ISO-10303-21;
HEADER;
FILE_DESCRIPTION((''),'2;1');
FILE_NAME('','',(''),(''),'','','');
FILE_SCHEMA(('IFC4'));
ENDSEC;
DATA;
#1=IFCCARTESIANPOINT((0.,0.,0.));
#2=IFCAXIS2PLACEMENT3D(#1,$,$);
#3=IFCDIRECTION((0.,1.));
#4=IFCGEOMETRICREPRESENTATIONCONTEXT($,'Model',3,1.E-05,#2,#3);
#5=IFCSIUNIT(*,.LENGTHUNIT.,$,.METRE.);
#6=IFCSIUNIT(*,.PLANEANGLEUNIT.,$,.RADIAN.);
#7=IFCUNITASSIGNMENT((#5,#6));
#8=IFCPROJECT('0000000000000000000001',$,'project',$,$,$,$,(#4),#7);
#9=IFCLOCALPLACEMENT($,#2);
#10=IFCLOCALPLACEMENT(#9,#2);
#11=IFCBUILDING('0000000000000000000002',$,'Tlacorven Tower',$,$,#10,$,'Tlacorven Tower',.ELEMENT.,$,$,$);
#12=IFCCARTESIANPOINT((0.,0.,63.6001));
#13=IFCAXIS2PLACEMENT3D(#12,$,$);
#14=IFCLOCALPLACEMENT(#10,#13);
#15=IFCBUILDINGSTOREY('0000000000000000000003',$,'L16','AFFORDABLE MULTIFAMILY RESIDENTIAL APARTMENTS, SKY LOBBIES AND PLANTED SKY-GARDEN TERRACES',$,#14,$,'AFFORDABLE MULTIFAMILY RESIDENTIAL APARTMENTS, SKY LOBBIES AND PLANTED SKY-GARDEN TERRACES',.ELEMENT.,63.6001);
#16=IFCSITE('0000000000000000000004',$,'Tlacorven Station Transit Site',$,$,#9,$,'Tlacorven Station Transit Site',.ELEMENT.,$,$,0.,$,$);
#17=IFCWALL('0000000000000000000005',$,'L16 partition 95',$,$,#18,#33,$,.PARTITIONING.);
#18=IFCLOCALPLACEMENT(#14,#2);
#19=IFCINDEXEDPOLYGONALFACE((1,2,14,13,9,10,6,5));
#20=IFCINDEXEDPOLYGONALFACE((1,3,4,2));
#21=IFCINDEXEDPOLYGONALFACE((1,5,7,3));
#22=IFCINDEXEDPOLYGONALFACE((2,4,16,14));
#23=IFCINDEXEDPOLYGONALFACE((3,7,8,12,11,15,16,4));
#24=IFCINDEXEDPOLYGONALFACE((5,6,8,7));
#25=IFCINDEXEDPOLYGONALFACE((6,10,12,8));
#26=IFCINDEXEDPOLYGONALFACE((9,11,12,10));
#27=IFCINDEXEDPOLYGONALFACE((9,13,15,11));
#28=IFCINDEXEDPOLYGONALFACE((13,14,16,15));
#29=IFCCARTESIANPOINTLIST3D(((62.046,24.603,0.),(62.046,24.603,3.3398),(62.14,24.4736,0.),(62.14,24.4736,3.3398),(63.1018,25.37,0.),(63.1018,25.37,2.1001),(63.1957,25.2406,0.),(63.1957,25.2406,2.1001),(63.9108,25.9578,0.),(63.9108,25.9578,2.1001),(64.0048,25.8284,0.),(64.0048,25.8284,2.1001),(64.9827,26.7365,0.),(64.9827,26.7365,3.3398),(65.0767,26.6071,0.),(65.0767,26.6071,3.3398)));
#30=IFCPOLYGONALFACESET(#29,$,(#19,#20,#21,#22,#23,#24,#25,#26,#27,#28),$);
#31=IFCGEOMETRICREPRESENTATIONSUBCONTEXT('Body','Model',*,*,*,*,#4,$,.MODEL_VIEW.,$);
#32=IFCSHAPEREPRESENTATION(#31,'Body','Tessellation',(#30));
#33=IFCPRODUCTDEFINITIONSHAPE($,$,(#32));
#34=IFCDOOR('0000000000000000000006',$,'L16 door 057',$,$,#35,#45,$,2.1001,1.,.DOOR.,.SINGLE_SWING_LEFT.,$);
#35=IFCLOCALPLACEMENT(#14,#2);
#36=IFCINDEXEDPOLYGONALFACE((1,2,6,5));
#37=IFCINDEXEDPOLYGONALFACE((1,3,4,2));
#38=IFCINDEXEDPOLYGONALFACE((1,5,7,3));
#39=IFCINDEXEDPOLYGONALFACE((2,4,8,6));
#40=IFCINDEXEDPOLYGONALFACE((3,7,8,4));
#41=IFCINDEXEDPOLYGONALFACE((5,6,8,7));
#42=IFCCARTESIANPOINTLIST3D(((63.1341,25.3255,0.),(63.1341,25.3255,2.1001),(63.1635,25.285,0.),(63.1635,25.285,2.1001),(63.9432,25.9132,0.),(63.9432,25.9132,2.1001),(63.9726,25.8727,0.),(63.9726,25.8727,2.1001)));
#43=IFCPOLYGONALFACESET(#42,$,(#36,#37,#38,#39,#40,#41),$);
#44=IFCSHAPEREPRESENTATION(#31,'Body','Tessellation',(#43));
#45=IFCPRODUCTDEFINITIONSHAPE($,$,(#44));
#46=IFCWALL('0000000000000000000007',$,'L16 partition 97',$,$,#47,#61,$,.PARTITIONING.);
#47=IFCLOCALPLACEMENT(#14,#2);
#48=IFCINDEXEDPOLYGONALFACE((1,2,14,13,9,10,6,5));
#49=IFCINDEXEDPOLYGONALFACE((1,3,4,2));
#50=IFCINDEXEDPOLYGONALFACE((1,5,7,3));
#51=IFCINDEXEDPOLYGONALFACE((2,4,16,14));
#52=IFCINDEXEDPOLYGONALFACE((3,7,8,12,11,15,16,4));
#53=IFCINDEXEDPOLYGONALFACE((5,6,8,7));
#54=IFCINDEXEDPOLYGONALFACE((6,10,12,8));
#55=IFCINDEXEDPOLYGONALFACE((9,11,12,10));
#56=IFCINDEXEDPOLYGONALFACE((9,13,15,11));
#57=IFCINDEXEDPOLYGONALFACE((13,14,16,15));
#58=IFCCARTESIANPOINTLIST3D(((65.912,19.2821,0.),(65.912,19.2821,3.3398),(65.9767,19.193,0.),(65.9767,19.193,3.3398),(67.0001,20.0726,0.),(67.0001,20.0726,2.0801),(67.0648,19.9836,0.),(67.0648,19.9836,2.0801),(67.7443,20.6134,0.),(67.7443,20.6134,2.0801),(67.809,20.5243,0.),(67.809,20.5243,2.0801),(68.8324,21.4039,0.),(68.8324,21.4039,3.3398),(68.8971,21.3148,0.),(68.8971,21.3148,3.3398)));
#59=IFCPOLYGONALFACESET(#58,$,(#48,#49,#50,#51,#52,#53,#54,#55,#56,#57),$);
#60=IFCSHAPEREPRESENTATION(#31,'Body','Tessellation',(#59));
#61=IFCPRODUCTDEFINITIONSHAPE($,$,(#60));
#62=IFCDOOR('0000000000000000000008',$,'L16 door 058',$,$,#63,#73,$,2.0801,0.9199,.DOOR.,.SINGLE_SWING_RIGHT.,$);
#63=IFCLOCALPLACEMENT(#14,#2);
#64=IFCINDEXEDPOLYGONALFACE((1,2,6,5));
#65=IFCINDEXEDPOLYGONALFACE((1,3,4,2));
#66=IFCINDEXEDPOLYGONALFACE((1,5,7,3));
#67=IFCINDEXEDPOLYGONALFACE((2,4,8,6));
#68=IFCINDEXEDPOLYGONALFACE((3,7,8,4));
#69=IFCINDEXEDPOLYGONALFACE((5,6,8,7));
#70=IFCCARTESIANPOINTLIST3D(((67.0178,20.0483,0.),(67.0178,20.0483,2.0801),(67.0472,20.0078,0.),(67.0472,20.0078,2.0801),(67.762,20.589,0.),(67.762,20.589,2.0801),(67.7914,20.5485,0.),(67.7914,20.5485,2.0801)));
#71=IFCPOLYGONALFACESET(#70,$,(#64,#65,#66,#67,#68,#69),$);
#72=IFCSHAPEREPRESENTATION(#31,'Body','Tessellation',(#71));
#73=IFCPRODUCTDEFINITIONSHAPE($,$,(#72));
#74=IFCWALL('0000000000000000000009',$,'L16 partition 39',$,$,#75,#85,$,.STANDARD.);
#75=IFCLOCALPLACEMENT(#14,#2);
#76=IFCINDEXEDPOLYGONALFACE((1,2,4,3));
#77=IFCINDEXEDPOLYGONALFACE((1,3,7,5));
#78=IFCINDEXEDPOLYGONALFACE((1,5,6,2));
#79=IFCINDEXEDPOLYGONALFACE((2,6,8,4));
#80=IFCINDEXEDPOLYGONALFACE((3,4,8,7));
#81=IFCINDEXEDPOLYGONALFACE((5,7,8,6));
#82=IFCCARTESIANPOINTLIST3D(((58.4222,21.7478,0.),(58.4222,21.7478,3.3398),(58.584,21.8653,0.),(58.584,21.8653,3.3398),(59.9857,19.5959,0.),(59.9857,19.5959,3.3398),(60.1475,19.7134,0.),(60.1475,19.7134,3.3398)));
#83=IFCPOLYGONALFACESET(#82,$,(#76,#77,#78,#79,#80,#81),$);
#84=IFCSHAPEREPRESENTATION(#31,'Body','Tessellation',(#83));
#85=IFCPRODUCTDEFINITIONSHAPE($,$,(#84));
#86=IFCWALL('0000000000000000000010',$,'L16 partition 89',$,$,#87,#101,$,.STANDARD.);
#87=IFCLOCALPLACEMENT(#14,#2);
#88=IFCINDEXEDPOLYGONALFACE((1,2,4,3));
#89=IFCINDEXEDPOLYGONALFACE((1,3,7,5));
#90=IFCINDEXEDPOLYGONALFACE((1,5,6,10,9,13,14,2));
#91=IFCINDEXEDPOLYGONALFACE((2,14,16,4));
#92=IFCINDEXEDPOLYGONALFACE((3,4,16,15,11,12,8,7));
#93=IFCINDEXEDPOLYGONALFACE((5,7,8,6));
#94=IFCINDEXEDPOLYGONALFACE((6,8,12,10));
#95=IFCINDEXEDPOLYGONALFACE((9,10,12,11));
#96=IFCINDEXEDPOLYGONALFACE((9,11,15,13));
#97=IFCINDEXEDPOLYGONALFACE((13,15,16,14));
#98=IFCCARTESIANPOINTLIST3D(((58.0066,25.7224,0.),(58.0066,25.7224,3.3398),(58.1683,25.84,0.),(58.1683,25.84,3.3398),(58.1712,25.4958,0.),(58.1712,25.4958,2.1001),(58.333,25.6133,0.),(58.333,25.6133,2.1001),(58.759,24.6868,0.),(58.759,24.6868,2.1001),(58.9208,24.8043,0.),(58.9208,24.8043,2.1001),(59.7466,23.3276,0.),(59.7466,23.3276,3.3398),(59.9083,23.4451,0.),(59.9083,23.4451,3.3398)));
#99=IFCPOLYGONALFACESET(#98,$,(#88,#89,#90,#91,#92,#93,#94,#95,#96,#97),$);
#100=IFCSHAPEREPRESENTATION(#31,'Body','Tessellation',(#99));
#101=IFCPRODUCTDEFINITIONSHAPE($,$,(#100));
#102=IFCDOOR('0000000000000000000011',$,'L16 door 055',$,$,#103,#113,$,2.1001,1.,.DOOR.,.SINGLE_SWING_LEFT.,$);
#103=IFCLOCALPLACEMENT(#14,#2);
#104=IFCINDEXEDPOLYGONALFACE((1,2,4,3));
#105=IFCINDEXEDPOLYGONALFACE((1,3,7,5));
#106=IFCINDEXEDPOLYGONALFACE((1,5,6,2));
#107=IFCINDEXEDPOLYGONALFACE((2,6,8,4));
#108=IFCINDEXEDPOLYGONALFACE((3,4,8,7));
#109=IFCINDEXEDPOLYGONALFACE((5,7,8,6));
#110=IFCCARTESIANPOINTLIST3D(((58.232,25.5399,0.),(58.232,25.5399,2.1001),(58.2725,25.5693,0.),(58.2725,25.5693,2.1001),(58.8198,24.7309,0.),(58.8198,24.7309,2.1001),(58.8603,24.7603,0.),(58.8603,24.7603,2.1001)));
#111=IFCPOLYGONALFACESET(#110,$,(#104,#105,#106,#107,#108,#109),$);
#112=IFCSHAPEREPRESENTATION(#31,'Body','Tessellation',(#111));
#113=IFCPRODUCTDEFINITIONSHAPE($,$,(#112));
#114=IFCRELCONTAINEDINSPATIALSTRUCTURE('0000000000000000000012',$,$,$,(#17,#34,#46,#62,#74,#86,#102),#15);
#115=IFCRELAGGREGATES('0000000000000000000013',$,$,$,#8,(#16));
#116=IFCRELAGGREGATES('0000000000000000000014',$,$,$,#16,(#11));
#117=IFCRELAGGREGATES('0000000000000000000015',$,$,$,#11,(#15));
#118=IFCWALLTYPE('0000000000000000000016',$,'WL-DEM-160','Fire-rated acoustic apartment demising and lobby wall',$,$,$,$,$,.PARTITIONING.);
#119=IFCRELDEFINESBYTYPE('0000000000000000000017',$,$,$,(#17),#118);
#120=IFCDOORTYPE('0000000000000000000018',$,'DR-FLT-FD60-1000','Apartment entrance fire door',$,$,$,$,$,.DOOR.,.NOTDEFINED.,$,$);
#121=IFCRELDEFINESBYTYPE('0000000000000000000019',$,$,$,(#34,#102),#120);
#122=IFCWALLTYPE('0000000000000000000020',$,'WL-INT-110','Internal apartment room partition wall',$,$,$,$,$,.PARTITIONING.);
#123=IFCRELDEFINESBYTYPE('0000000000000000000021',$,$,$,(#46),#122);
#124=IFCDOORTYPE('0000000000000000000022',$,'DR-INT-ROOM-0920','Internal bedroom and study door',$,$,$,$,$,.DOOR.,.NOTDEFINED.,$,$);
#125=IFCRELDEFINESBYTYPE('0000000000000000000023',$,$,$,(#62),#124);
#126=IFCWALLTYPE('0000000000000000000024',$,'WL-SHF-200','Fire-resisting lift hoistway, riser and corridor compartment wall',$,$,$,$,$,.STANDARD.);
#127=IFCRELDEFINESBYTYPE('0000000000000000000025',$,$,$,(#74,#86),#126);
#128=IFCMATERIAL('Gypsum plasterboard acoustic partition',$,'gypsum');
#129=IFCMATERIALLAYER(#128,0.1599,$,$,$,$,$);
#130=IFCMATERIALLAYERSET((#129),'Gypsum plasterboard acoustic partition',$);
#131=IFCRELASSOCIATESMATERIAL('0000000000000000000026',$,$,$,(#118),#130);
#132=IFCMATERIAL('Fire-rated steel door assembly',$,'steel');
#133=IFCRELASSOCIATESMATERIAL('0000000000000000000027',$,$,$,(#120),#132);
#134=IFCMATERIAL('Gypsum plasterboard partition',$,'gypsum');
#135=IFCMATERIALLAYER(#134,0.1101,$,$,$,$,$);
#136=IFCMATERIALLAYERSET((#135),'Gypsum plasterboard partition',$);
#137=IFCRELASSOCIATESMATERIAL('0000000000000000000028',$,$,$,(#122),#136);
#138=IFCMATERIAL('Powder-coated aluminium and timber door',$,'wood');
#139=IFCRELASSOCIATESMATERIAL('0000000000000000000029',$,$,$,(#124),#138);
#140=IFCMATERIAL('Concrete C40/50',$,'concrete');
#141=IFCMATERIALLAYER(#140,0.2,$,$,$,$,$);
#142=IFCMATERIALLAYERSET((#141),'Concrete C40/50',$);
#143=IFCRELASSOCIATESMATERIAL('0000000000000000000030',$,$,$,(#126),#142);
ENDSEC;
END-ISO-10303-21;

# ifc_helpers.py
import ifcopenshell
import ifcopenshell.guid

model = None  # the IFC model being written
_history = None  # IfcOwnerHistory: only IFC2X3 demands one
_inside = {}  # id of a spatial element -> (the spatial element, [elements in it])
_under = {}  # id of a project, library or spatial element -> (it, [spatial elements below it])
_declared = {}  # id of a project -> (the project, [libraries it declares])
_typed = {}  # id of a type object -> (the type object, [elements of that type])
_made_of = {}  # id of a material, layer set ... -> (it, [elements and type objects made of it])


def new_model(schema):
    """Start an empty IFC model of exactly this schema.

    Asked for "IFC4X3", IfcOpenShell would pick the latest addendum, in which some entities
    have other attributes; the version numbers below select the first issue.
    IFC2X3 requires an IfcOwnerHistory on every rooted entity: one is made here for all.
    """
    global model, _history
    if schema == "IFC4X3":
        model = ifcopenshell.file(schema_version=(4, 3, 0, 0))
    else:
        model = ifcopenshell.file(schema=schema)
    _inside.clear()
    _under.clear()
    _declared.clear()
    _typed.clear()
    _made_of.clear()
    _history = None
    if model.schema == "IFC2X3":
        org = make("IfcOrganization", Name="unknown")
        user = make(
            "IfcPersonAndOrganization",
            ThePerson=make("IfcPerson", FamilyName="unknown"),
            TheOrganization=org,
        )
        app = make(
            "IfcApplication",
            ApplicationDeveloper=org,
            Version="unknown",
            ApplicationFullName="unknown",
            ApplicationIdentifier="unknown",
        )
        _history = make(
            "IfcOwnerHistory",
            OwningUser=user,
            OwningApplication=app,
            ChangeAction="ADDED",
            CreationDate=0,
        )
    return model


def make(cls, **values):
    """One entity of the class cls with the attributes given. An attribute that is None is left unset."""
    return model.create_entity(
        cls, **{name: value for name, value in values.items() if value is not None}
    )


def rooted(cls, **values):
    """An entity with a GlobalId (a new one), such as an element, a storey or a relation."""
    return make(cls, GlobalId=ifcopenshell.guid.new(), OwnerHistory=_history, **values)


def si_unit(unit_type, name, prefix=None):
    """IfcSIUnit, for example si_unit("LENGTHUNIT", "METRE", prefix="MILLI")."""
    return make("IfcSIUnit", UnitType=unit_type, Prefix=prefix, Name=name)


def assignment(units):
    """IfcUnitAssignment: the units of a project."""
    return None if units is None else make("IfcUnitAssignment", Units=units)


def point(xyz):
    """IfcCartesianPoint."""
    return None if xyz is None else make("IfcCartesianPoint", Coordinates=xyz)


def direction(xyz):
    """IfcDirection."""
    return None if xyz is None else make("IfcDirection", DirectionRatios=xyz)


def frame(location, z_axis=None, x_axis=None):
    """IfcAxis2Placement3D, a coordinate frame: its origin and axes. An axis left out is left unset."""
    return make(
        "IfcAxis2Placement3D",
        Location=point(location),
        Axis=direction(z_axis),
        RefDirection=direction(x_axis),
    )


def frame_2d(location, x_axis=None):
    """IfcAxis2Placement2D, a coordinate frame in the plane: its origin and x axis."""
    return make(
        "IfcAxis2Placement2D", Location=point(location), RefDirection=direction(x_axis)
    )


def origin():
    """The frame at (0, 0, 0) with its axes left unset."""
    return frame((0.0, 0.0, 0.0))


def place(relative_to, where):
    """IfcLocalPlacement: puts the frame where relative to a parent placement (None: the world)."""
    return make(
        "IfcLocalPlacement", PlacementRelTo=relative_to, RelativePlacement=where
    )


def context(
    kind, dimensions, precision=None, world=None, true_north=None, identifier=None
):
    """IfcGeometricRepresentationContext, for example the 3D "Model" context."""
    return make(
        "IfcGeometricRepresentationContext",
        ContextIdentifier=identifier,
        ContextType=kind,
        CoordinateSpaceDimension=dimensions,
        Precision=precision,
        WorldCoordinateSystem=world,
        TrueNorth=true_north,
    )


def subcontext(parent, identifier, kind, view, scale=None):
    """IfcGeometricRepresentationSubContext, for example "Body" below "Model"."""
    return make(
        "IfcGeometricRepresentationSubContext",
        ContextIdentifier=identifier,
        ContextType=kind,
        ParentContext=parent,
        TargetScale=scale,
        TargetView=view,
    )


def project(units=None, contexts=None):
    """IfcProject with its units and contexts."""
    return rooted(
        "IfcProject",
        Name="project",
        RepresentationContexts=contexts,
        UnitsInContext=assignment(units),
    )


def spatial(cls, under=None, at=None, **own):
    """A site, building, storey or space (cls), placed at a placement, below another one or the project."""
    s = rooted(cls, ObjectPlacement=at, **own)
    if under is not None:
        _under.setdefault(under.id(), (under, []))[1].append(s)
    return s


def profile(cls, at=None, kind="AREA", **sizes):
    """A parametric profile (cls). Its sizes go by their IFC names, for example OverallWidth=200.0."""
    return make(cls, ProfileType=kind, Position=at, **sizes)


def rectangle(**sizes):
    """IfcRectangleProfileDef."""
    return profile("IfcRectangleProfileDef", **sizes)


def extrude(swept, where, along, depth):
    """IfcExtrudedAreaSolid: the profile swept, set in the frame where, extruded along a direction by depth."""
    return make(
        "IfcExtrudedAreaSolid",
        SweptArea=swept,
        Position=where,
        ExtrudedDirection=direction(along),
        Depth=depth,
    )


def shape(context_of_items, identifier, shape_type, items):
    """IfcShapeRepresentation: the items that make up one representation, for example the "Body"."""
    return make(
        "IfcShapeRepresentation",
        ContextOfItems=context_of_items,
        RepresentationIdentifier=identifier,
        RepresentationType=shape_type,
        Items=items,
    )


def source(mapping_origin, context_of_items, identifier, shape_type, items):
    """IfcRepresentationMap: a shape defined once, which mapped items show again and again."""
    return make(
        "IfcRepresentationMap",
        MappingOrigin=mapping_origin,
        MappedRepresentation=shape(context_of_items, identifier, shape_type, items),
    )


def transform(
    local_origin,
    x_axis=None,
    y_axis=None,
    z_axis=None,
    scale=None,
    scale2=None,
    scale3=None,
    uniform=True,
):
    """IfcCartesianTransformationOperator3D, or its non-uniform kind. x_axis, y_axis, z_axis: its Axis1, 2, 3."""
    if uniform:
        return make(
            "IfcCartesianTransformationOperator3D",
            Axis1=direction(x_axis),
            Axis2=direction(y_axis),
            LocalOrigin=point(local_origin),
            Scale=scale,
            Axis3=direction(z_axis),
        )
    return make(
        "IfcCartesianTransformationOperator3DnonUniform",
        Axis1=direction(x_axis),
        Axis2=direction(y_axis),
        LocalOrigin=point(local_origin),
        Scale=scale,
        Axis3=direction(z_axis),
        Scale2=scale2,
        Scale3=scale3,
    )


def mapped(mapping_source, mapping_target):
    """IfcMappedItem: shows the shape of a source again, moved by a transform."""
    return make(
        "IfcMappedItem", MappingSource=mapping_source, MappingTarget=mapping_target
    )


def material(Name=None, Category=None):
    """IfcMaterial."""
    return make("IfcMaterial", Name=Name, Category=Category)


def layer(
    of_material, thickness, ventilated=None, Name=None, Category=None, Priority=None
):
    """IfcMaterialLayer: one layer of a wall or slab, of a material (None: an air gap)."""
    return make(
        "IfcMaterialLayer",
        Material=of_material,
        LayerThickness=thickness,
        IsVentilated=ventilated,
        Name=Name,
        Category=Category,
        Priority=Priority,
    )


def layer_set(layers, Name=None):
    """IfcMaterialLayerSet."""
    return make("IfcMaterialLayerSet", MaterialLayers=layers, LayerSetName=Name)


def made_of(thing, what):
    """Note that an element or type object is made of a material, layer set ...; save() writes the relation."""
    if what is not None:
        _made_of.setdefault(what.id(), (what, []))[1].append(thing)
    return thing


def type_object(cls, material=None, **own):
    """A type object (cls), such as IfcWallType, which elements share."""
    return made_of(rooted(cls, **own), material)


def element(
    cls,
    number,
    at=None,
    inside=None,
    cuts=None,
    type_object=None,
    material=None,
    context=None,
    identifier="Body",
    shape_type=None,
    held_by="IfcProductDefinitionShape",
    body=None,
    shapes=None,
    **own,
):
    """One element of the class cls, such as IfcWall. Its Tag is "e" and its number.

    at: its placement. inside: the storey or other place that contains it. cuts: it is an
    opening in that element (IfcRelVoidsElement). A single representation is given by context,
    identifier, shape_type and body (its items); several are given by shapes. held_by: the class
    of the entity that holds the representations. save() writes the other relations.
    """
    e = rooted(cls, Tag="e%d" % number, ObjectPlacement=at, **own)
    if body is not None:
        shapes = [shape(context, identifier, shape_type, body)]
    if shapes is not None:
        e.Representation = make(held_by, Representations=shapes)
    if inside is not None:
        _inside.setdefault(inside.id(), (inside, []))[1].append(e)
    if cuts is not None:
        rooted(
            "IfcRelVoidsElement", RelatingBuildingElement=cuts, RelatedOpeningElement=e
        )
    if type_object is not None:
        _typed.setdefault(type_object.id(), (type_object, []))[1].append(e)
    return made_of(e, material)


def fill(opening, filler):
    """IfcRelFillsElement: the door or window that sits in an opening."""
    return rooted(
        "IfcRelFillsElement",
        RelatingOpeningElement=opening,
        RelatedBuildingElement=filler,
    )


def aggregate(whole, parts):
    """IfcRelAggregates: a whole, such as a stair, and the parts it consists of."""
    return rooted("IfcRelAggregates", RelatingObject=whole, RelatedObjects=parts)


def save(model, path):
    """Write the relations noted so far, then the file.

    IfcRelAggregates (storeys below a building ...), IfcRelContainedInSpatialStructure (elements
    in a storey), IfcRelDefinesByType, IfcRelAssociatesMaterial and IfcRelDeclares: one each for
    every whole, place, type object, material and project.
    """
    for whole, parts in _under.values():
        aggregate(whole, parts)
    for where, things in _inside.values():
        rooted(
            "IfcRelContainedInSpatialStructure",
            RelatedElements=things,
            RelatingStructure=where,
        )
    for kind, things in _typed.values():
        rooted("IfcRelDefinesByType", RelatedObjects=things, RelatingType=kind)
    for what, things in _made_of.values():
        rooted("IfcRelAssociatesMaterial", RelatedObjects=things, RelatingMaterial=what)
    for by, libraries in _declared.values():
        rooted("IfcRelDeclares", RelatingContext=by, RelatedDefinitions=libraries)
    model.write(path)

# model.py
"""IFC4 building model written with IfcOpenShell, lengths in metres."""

from ifc_helpers import new_model, si_unit, direction, frame, frame_2d, origin, place, context, subcontext, project, spatial, rectangle, extrude, source, transform, mapped, material, layer, layer_set, type_object, element, fill, save


model = new_model("IFC4")

# Units and contexts
model_context = context("Model", 3, precision=1e-05, world=origin(), true_north=direction((0.0, 1.0)))
body_context = subcontext(model_context, "Body", "Model", "MODEL_VIEW")
ifc_project = project(units=[si_unit("LENGTHUNIT", "METRE"), si_unit("PLANEANGLEUNIT", "RADIAN")], contexts=[model_context])

# Site, building, storey
site_placement = place(None, origin())
site = spatial("IfcSite", under=ifc_project, at=site_placement, Name="Tlacorven Station Transit Site", LongName="Tlacorven Station Transit Site", CompositionType="ELEMENT", RefElevation=0.0)
building_placement = place(site_placement, origin())
building = spatial("IfcBuilding", under=site, at=building_placement, Name="Tlacorven Tower", LongName="Tlacorven Tower", CompositionType="ELEMENT")
storey_placement = place(building_placement, frame((0.0, 0.0, 63.6001)))
storey = spatial("IfcBuildingStorey", under=building, at=storey_placement, Name="L16", Description="AFFORDABLE MULTIFAMILY RESIDENTIAL APARTMENTS, SKY LOBBIES AND PLANTED SKY-GARDEN TERRACES", LongName="AFFORDABLE MULTIFAMILY RESIDENTIAL APARTMENTS, SKY LOBBIES AND PLANTED SKY-GARDEN TERRACES", CompositionType="ELEMENT", Elevation=63.6001)

# Walls, openings, doors
ifc_material_1 = material(Name="Gypsum plasterboard acoustic partition", Category="gypsum")
ifc_layer_1 = layer(ifc_material_1, 0.1599)
ifc_layer_set_1 = layer_set([ifc_layer_1], Name="Gypsum plasterboard acoustic partition")
wall_type_1 = type_object("IfcWallType", Name="WL-DEM-160", Description="Fire-rated acoustic apartment demising and lobby wall", PredefinedType="PARTITIONING", material=ifc_layer_set_1)
wall_1_placement = place(storey_placement, frame((62.093, 24.5383, 0.0), z_axis=(0.0, 0.0, 1.0), x_axis=(0.809036, 0.58776, 0.0)))
wall_1 = element("IfcWall", 1, at=wall_1_placement, inside=storey, type_object=wall_type_1, Name="L16 partition 95", PredefinedType="PARTITIONING", context=body_context, shape_type="SweptSolid", body=[
    extrude(rectangle(XDim=3.6299, YDim=0.1599, at=frame_2d((1.8149, 0.0))), origin(), (0.0, 0.0, 1.0), 3.3398),
])
opening_1_placement = place(wall_1_placement, frame((1.3049, 0.0, 0.0)))
opening_1 = element("IfcOpeningElement", 2, at=opening_1_placement, cuts=wall_1, PredefinedType="OPENING", context=body_context, shape_type="SweptSolid", body=[
    extrude(rectangle(XDim=1.0, YDim=2.1001, at=frame_2d((0.5, 1.05))), frame((0.0, 0.0898, 0.0), z_axis=(0.0, -1.0, 0.0), x_axis=(1.0, 0.0, 0.0)), (0.0, 0.0, 1.0), 0.1799),
])
ifc_material_2 = material(Name="Fire-rated steel door assembly", Category="steel")
door_type_1 = type_object("IfcDoorType", Name="DR-FLT-FD60-1000", Description="Apartment entrance fire door", OperationType="NOTDEFINED", PredefinedType="DOOR", material=ifc_material_2)
shared_shape_1 = source(origin(), body_context, "Body", "SweptSolid", [
    extrude(rectangle(XDim=1.0, YDim=2.1001, at=frame_2d((0.5, 1.05))), frame((0.0, 0.0249, 0.0), z_axis=(0.0, -1.0, 0.0), x_axis=(1.0, 0.0, 0.0)), (0.0, 0.0, 1.0), 0.05),
])
door_1_placement = place(opening_1_placement, origin())
door_1 = element("IfcDoor", 3, at=door_1_placement, inside=storey, type_object=door_type_1, Name="L16 door 057", OperationType="SINGLE_SWING_LEFT", OverallHeight=2.1001, OverallWidth=1.0, PredefinedType="DOOR", context=body_context, shape_type="MappedRepresentation", body=[
    mapped(shared_shape_1, transform((0.0, 0.0, 0.0), scale=1.0)),
])
fill(opening_1, door_1)
ifc_material_3 = material(Name="Gypsum plasterboard partition", Category="gypsum")
ifc_layer_2 = layer(ifc_material_3, 0.1101)
ifc_layer_set_2 = layer_set([ifc_layer_2], Name="Gypsum plasterboard partition")
wall_type_2 = type_object("IfcWallType", Name="WL-INT-110", Description="Internal apartment room partition wall", PredefinedType="PARTITIONING", material=ifc_layer_set_2)
wall_2_placement = place(storey_placement, frame((65.9443, 19.2375, 0.0), z_axis=(0.0, 0.0, 1.0), x_axis=(0.809014, 0.58779, 0.0)))
wall_2 = element("IfcWall", 4, at=wall_2_placement, inside=storey, type_object=wall_type_2, Name="L16 partition 97", PredefinedType="PARTITIONING", context=body_context, shape_type="SweptSolid", body=[
    extrude(rectangle(XDim=3.6099, YDim=0.1101, at=frame_2d((1.8049, 0.0))), origin(), (0.0, 0.0, 1.0), 3.3398),
])
opening_2_placement = place(wall_2_placement, frame((1.345, 0.0, 0.0)))
opening_2 = element("IfcOpeningElement", 5, at=opening_2_placement, cuts=wall_2, PredefinedType="OPENING", context=body_context, shape_type="SweptSolid", body=[
    extrude(rectangle(XDim=0.9199, YDim=2.0801, at=frame_2d((0.46, 1.04))), frame((0.0, 0.0649, 0.0), z_axis=(0.0, -1.0, 0.0), x_axis=(1.0, 0.0, 0.0)), (0.0, 0.0, 1.0), 0.1301),
])
ifc_material_4 = material(Name="Powder-coated aluminium and timber door", Category="wood")
door_type_2 = type_object("IfcDoorType", Name="DR-INT-ROOM-0920", Description="Internal bedroom and study door", OperationType="NOTDEFINED", PredefinedType="DOOR", material=ifc_material_4)
shared_shape_2 = source(origin(), body_context, "Body", "SweptSolid", [
    extrude(rectangle(XDim=0.9199, YDim=2.0801, at=frame_2d((0.46, 1.04))), frame((0.0, 0.0249, 0.0), z_axis=(0.0, -1.0, 0.0), x_axis=(1.0, 0.0, 0.0)), (0.0, 0.0, 1.0), 0.05),
])
door_2_placement = place(opening_2_placement, origin())
door_2 = element("IfcDoor", 6, at=door_2_placement, inside=storey, type_object=door_type_2, Name="L16 door 058", OperationType="SINGLE_SWING_RIGHT", OverallHeight=2.0801, OverallWidth=0.9199, PredefinedType="DOOR", context=body_context, shape_type="MappedRepresentation", body=[
    mapped(shared_shape_2, transform((0.0, 0.0, 0.0), scale=1.0)),
])
fill(opening_2, door_2)

# Wall
ifc_material_5 = material(Name="Concrete C40/50", Category="concrete")
ifc_layer_3 = layer(ifc_material_5, 0.2)
ifc_layer_set_3 = layer_set([ifc_layer_3], Name="Concrete C40/50")
wall_type_3 = type_object("IfcWallType", Name="WL-SHF-200", Description="Fire-resisting lift hoistway, riser and corridor compartment wall", PredefinedType="STANDARD", material=ifc_layer_set_3)
wall_3_placement = place(storey_placement, frame((60.0667, 19.6545, 0.0), z_axis=(0.0, 0.0, 1.0), x_axis=(-0.587801, 0.809006, 0.0)))
element("IfcWall", 7, at=wall_3_placement, inside=storey, type_object=wall_type_3, Name="L16 partition 39", PredefinedType="STANDARD", context=body_context, shape_type="SweptSolid", body=[
    extrude(rectangle(XDim=2.6599, YDim=0.2, at=frame_2d((1.3301, 0.0))), origin(), (0.0, 0.0, 1.0), 3.3398),
])

# Wall, opening, door
wall_4_placement = place(storey_placement, frame((59.8274, 23.3865, 0.0), z_axis=(0.0, 0.0, 1.0), x_axis=(-0.587804, 0.809003, 0.0)))
wall_4 = element("IfcWall", 8, at=wall_4_placement, inside=storey, type_object=wall_type_3, Name="L16 partition 89", PredefinedType="STANDARD", context=body_context, shape_type="SweptSolid", body=[
    extrude(rectangle(XDim=2.9602, YDim=0.2, at=frame_2d((1.48, 0.0))), origin(), (0.0, 0.0, 1.0), 3.3398),
])
opening_3_placement = place(wall_4_placement, frame((1.6799, 0.0, 0.0)))
opening_3 = element("IfcOpeningElement", 9, at=opening_3_placement, cuts=wall_4, PredefinedType="OPENING", context=body_context, shape_type="SweptSolid", body=[
    extrude(rectangle(XDim=1.0, YDim=2.1001, at=frame_2d((0.5, 1.05))), frame((0.0, 0.1099, 0.0), z_axis=(0.0, -1.0, 0.0), x_axis=(1.0, 0.0, 0.0)), (0.0, 0.0, 1.0), 0.22),
])
door_3_placement = place(opening_3_placement, origin())
door_3 = element("IfcDoor", 10, at=door_3_placement, inside=storey, type_object=door_type_1, Name="L16 door 055", OperationType="SINGLE_SWING_LEFT", OverallHeight=2.1001, OverallWidth=1.0, PredefinedType="DOOR", context=body_context, shape_type="MappedRepresentation", body=[
    mapped(shared_shape_1, transform((0.0, 0.0, 0.0), scale=1.0)),
])
fill(opening_3, door_3)

save(model, "model.ifc")
